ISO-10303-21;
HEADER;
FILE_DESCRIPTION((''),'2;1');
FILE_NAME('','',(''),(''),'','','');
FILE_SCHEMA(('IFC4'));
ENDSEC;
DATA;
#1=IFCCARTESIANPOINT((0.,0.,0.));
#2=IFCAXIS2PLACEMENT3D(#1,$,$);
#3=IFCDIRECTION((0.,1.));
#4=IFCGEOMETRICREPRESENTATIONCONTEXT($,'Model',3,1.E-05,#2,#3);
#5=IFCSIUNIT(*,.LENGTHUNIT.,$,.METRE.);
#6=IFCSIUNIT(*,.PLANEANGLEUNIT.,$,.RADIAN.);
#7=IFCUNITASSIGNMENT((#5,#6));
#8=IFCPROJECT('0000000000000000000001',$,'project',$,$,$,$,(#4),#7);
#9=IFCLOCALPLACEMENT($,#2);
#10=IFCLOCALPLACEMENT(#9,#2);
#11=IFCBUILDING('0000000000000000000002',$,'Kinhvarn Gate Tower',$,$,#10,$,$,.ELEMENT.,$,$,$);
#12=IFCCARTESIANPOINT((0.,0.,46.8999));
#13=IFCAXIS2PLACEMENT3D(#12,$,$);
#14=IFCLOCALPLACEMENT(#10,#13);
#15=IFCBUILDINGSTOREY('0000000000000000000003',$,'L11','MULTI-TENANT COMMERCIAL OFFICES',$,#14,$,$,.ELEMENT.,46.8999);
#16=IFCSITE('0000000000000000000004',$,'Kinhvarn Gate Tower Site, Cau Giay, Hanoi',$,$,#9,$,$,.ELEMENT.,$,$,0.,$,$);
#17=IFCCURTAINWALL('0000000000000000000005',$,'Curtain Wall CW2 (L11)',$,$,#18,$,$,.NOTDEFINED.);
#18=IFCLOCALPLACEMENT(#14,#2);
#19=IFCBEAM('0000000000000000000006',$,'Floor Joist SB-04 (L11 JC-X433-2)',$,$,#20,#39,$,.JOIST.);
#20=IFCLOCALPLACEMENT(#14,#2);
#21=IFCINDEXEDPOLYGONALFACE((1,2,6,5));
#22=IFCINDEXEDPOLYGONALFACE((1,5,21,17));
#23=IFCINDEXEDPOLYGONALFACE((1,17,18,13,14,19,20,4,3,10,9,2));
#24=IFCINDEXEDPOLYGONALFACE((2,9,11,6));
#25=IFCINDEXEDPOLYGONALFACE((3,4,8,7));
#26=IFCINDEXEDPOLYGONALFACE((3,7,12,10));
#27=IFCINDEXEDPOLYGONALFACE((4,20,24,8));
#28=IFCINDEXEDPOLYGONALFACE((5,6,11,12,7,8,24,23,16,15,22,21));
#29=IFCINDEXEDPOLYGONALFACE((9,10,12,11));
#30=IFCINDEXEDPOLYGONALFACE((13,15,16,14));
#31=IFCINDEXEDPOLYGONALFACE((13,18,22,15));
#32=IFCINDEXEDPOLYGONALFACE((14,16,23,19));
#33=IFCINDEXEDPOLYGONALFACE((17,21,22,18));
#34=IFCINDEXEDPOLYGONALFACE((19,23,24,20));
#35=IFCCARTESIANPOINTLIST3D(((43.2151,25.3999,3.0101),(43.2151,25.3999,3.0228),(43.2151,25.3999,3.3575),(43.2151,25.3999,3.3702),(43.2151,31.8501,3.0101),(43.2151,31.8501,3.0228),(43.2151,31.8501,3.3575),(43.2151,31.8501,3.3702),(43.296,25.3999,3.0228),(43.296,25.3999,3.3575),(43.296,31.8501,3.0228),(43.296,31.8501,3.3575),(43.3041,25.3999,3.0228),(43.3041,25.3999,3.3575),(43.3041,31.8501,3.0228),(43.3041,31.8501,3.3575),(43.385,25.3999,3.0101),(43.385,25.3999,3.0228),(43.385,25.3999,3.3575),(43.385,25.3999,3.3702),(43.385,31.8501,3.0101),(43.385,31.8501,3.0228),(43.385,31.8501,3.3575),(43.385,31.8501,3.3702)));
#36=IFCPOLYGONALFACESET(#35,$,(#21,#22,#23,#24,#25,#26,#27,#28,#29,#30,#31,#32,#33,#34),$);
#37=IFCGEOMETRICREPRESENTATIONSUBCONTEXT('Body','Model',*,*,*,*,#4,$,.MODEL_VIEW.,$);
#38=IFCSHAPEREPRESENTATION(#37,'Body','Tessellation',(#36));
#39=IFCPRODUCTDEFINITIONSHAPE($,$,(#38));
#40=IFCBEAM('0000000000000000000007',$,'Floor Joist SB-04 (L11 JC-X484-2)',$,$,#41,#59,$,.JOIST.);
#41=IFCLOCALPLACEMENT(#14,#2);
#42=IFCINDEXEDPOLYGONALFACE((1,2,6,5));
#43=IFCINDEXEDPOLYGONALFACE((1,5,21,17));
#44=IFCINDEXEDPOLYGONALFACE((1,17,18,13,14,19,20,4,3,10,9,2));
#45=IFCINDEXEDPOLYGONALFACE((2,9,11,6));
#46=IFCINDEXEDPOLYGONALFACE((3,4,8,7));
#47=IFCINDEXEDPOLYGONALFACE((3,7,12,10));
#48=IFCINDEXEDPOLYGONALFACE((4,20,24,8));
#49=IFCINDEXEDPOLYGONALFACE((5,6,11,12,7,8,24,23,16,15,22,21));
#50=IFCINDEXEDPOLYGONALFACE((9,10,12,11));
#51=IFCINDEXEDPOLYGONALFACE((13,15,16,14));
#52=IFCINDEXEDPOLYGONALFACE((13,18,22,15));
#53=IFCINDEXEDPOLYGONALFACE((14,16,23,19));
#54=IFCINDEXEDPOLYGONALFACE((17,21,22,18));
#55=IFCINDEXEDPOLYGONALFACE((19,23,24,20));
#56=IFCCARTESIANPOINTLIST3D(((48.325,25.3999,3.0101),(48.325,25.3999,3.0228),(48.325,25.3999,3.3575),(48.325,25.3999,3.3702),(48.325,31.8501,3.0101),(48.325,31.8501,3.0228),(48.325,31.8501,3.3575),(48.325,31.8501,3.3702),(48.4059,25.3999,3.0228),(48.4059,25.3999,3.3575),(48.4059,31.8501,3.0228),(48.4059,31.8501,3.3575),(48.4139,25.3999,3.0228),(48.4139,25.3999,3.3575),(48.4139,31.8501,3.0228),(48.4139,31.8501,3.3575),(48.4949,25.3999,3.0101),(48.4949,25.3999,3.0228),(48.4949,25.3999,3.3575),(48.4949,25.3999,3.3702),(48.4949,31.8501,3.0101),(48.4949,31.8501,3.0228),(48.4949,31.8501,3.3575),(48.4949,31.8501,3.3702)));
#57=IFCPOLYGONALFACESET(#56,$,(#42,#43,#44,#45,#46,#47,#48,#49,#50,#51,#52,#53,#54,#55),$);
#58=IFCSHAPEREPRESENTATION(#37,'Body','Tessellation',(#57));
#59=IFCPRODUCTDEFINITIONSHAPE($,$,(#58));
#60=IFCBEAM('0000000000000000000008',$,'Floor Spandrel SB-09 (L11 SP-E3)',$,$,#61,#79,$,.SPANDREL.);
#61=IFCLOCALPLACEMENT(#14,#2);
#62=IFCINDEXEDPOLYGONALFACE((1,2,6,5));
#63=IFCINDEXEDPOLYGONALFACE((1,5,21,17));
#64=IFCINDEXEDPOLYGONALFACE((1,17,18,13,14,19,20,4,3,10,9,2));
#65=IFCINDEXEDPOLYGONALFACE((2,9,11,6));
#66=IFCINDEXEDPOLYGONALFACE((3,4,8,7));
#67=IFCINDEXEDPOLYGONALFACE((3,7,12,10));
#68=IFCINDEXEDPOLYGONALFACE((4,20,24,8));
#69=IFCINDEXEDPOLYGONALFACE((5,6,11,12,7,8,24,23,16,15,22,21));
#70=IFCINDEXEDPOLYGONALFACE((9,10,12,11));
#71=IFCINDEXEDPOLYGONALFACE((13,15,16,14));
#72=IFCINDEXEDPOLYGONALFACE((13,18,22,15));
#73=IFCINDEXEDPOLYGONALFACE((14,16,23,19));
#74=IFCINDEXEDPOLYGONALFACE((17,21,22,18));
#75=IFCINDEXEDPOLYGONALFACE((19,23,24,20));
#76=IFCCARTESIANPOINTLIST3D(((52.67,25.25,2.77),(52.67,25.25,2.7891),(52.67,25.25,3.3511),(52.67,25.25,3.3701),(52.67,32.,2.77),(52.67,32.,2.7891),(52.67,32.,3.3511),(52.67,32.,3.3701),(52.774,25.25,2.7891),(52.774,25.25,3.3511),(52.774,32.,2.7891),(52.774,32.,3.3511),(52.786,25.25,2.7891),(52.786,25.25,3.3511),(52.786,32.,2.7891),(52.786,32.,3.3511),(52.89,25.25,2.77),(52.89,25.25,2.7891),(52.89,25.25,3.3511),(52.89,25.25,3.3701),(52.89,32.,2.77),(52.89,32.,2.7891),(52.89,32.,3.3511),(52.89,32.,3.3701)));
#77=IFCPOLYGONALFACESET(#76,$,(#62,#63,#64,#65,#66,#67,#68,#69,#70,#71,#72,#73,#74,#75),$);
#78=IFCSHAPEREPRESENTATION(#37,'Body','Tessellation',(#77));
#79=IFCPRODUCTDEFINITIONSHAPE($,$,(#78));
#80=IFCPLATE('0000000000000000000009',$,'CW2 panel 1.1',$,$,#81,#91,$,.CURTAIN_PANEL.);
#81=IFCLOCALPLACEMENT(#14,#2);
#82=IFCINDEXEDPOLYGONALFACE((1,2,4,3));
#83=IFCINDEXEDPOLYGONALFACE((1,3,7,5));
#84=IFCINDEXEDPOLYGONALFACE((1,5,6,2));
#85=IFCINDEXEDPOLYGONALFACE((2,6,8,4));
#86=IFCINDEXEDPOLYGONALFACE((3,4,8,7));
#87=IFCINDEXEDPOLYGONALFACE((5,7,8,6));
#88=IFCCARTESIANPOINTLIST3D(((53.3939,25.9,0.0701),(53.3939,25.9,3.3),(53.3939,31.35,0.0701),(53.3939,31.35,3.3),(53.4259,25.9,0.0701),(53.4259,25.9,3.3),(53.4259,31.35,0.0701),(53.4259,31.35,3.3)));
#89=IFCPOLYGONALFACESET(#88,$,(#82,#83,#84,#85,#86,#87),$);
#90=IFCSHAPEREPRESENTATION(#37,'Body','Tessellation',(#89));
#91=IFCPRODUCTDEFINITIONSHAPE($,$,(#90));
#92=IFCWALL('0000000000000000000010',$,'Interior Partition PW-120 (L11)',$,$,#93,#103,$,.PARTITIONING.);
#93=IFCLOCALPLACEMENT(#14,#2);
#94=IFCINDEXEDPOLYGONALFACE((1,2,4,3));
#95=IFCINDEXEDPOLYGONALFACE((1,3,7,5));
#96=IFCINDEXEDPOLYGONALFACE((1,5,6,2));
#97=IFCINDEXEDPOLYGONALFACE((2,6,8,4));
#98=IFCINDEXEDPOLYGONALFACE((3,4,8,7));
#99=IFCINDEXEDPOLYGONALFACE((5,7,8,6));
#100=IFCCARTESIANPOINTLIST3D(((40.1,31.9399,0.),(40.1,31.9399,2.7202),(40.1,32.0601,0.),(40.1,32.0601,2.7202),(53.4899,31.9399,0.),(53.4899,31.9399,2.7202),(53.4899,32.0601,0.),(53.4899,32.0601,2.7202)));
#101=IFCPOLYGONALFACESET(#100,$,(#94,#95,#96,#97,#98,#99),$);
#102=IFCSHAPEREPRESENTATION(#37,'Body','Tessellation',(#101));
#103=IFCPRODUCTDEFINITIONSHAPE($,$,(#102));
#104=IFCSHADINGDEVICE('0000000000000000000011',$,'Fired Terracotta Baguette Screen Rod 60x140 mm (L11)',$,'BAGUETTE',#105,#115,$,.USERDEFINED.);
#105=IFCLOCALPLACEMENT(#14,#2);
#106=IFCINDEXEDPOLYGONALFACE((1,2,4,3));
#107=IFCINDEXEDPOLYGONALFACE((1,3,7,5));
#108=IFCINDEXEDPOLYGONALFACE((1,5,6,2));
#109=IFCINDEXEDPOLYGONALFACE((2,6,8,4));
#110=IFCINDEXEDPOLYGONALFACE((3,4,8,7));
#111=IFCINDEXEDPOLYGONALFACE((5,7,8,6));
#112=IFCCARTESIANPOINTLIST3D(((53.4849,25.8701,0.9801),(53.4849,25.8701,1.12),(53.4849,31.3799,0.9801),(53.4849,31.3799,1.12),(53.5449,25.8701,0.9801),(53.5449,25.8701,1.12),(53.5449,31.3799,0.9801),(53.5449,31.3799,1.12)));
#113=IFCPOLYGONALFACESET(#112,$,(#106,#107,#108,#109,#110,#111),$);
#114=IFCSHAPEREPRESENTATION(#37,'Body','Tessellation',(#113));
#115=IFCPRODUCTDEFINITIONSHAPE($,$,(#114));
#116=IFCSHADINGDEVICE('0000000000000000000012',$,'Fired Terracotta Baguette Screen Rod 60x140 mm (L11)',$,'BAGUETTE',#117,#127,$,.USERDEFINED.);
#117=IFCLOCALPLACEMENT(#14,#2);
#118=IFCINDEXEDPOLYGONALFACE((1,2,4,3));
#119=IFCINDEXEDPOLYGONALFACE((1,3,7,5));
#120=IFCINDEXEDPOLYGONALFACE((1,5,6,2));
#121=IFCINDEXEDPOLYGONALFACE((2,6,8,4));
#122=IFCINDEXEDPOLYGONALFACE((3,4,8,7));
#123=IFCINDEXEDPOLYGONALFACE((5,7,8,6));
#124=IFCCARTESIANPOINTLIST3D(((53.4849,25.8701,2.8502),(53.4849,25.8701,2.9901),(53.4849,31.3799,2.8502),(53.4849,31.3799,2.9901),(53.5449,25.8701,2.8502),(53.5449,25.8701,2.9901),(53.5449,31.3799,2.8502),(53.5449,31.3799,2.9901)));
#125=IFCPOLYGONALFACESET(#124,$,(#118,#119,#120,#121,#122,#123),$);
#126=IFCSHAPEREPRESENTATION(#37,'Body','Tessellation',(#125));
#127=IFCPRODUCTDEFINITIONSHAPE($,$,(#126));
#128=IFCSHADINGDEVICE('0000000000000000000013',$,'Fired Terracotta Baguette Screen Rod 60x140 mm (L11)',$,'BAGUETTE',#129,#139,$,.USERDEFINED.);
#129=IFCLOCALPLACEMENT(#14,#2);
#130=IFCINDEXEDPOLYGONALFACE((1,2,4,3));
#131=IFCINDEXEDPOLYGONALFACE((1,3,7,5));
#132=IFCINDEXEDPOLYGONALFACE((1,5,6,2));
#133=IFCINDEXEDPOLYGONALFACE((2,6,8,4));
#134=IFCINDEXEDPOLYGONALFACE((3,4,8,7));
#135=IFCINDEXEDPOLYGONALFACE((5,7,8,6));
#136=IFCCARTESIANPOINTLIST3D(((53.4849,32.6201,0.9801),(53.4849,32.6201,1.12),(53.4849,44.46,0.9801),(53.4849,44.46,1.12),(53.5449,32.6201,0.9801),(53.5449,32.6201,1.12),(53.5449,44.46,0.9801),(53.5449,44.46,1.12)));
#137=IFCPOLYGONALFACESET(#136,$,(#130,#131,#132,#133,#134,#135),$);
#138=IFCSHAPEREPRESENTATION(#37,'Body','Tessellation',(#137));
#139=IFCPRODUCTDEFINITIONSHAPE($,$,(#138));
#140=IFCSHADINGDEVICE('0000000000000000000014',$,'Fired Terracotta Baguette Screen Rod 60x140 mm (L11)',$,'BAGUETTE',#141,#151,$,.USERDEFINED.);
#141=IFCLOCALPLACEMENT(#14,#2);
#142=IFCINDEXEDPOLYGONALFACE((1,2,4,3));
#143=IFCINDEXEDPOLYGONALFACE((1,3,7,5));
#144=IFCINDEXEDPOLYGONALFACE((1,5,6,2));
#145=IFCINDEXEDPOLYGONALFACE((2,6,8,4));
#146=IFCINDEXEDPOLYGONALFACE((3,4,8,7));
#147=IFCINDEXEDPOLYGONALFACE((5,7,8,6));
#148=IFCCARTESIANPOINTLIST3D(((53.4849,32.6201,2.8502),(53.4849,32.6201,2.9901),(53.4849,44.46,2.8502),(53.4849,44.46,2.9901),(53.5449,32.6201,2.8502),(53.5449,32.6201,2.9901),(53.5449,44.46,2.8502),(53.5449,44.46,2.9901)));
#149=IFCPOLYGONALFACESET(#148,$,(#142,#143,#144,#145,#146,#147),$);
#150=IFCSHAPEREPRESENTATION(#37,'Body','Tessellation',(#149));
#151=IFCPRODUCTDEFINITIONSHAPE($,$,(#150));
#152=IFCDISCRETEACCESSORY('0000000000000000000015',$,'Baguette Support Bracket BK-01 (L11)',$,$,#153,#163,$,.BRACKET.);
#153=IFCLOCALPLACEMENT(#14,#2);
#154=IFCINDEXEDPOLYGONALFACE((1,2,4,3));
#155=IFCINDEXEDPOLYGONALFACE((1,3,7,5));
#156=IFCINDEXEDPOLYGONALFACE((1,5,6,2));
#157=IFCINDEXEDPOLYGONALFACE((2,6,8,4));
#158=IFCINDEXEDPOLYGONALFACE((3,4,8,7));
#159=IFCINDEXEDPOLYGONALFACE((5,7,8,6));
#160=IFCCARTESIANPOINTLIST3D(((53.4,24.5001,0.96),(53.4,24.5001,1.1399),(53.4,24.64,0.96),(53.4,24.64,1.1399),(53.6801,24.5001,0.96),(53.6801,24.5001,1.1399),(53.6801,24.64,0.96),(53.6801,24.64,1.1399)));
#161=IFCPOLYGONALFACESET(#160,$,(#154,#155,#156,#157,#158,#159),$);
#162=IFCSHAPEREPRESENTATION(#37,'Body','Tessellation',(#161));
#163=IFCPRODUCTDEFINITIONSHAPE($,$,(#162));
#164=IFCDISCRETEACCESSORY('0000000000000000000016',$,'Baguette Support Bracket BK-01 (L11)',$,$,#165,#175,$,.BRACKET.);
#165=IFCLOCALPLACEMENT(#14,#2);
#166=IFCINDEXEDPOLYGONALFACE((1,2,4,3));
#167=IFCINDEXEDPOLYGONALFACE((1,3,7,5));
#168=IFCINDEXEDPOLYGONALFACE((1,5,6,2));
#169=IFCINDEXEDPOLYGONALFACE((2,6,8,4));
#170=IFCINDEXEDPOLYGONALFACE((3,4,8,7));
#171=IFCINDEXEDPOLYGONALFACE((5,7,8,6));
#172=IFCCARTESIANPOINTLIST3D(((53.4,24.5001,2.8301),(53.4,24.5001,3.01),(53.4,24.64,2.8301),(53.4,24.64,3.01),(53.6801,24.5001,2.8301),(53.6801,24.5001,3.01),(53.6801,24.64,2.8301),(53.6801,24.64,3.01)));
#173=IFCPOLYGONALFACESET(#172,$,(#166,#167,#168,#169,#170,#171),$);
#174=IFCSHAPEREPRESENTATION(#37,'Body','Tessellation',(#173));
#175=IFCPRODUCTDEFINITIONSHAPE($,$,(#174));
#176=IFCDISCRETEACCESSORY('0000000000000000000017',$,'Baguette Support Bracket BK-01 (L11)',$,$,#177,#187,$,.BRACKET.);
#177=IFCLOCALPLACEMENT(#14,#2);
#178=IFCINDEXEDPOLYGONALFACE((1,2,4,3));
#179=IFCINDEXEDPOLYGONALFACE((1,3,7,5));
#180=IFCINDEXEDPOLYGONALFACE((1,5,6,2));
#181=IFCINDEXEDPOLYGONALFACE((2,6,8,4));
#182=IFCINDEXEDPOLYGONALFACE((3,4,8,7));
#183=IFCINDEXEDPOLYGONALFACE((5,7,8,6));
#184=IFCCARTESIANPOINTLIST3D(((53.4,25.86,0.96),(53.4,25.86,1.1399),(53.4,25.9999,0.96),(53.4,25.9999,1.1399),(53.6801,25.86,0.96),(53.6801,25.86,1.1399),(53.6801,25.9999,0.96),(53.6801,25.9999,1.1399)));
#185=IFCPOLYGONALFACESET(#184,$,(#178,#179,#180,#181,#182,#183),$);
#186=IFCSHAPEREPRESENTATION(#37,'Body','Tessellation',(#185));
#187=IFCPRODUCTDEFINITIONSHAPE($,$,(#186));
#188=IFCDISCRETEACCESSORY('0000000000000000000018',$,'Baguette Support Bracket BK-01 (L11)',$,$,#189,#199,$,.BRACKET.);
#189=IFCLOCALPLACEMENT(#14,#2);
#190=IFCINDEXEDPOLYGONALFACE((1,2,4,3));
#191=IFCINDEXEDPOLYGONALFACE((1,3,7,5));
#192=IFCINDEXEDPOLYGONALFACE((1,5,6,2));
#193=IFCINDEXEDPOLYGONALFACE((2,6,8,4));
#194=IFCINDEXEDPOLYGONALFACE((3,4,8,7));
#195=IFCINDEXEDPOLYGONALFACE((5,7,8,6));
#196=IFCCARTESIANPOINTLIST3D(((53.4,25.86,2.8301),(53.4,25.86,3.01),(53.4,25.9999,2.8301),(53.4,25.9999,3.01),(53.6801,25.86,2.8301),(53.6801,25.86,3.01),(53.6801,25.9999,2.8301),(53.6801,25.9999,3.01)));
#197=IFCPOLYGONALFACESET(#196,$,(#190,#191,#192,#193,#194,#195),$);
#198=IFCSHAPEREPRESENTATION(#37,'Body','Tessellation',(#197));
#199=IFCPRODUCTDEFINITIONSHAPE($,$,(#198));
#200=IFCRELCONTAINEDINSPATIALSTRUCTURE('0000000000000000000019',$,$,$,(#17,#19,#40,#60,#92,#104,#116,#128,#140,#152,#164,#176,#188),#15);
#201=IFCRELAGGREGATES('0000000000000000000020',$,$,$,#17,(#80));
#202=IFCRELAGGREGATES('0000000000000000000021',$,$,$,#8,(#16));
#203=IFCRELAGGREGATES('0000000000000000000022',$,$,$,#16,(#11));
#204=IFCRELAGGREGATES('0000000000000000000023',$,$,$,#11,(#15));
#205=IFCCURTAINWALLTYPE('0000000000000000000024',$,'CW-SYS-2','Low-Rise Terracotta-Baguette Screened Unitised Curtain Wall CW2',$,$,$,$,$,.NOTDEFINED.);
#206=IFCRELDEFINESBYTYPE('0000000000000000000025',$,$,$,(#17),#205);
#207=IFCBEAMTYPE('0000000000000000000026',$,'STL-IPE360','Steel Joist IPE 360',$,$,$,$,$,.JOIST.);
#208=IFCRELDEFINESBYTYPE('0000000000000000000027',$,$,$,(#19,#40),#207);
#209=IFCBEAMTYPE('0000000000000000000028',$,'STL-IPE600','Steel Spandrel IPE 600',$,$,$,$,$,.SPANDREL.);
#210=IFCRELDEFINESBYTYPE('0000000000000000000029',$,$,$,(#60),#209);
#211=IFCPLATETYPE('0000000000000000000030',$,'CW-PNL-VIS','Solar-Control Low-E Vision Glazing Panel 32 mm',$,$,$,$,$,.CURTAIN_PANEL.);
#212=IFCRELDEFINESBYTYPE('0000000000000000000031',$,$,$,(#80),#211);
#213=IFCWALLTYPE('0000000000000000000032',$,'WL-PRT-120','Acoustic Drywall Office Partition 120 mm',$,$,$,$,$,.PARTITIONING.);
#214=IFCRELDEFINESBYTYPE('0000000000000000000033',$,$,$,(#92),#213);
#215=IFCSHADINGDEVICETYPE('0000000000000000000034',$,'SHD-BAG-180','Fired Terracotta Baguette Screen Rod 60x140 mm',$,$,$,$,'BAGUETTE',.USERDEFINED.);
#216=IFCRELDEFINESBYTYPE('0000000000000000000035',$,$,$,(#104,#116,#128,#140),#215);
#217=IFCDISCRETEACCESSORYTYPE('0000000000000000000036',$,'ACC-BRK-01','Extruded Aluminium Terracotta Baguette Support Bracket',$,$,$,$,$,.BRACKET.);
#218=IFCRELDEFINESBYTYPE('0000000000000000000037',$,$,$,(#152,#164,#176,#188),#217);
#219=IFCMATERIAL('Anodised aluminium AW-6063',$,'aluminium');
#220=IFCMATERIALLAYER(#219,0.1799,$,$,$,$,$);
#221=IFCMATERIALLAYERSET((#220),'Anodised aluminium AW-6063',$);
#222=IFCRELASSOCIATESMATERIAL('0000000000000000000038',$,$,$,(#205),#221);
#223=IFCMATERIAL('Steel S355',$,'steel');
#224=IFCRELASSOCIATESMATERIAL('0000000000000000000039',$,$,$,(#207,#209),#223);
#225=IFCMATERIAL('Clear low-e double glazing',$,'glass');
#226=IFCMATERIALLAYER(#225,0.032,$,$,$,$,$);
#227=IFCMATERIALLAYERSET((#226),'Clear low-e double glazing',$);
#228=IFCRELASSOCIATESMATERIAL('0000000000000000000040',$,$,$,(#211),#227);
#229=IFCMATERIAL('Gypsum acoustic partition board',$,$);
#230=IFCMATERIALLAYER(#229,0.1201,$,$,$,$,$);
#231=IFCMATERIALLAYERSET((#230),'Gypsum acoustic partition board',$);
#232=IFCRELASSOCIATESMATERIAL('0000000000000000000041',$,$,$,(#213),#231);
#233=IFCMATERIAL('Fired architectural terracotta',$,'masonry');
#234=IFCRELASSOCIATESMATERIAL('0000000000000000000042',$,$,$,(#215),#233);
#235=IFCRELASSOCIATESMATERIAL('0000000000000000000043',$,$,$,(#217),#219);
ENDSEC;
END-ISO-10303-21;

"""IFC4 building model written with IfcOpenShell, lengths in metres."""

from ifc_helpers import new_model, si_unit, direction, frame, frame_2d, origin, origin_2d, place, context, subcontext, project, spatial, rectangle, i_section, extrude, material, layer, layer_set, material_profile, profile_set, type_object, element, aggregate, save


model = new_model("IFC4")

# Units and contexts
model_context = context("Model", 3, precision=1e-05, world=origin(), true_north=direction((0.0, 1.0)))
body_context = subcontext(model_context, "Body", "Model", "MODEL_VIEW")
ifc_project = project(units=[si_unit("LENGTHUNIT", "METRE"), si_unit("PLANEANGLEUNIT", "RADIAN")], contexts=[model_context])

# Site, building, storey
site_placement = place(None, origin())
site = spatial("IfcSite", under=ifc_project, at=site_placement, Name="Kinhvarn Gate Tower Site, Cau Giay, Hanoi", CompositionType="ELEMENT", RefElevation=0.0)
building_placement = place(site_placement, origin())
building = spatial("IfcBuilding", under=site, at=building_placement, Name="Kinhvarn Gate Tower", CompositionType="ELEMENT")
storey_placement = place(building_placement, frame((0.0, 0.0, 46.8999)))
storey = spatial("IfcBuildingStorey", under=building, at=storey_placement, Name="L11", Description="MULTI-TENANT COMMERCIAL OFFICES", CompositionType="ELEMENT", Elevation=46.8999)

# Shared definitions
ifc_material_1 = material(Name="Anodised aluminium AW-6063", Category="aluminium")
ifc_layer_1 = layer(ifc_material_1, 0.1799)
ifc_layer_set_1 = layer_set([ifc_layer_1], Name="Anodised aluminium AW-6063")
curtain_wall_type = type_object("IfcCurtainWallType", Name="CW-SYS-2", Description="Low-Rise Terracotta-Baguette Screened Unitised Curtain Wall CW2", PredefinedType="NOTDEFINED", material=ifc_layer_set_1)

# Curtain wall
curtain_wall_1_placement = place(storey_placement, origin())
curtain_wall_1 = element("IfcCurtainWall", 1, at=curtain_wall_1_placement, inside=storey, type_object=curtain_wall_type, Name="Curtain Wall CW2 (L11)", PredefinedType="NOTDEFINED")

# Beams
ifc_material_2 = material(Name="Steel S355", Category="steel")
ifc_material_profile_1 = material_profile(ifc_material_2, i_section(OverallWidth=0.1699, OverallDepth=0.3601, WebThickness=0.0081, FlangeThickness=0.0127, at=origin_2d()), Name="IPE 360")
ifc_profile_set_1 = profile_set([ifc_material_profile_1], Name="Steel S355")
beam_type_1 = type_object("IfcBeamType", Name="STL-IPE360", Description="Steel Joist IPE 360", PredefinedType="JOIST", material=ifc_profile_set_1)
for number, where, z_axis, x_axis, name in (
    (2, (43.3, 25.3999, 3.1902), (0.0, 1.0, 0.0), (-1.0, 0.0, 0.0), "Floor Joist SB-04 (L11 JC-X433-2)"),
    (3, (48.4099, 25.3999, 3.1902), (0.0, 1.0, 0.0), (-1.0, 0.0, 0.0), "Floor Joist SB-04 (L11 JC-X484-2)"),
):
    element("IfcBeam", number, at=place(storey_placement, frame(where, z_axis=z_axis, x_axis=x_axis)), inside=storey, type_object=beam_type_1, Name=name, PredefinedType="JOIST", context=body_context, shape_type="SweptSolid", body=[
        extrude(i_section(OverallWidth=0.1699, OverallDepth=0.3601, WebThickness=0.0081, FlangeThickness=0.0127, at=origin_2d()), origin(), (0.0, 0.0, 1.0), 6.4502),
    ])
ifc_material_profile_2 = material_profile(ifc_material_2, i_section(OverallWidth=0.22, OverallDepth=0.6001, WebThickness=0.012, FlangeThickness=0.019, at=origin_2d()), Name="IPE 600")
ifc_profile_set_2 = profile_set([ifc_material_profile_2], Name="Steel S355")
beam_type_2 = type_object("IfcBeamType", Name="STL-IPE600", Description="Steel Spandrel IPE 600", PredefinedType="SPANDREL", material=ifc_profile_set_2)
beam_1_placement = place(storey_placement, frame((52.78, 25.25, 3.0701), z_axis=(0.0, 1.0, 0.0), x_axis=(-1.0, 0.0, 0.0)))
element("IfcBeam", 4, at=beam_1_placement, inside=storey, type_object=beam_type_2, Name="Floor Spandrel SB-09 (L11 SP-E3)", PredefinedType="SPANDREL", context=body_context, shape_type="SweptSolid", body=[
    extrude(i_section(OverallWidth=0.22, OverallDepth=0.6001, WebThickness=0.012, FlangeThickness=0.019, at=origin_2d()), origin(), (0.0, 0.0, 1.0), 6.75),
])

# Plate
ifc_material_3 = material(Name="Clear low-e double glazing", Category="glass")
ifc_layer_2 = layer(ifc_material_3, 0.032)
ifc_layer_set_2 = layer_set([ifc_layer_2], Name="Clear low-e double glazing")
plate_type = type_object("IfcPlateType", Name="CW-PNL-VIS", Description="Solar-Control Low-E Vision Glazing Panel 32 mm", PredefinedType="CURTAIN_PANEL", material=ifc_layer_set_2)
plate_placement = place(storey_placement, frame((53.4099, 28.625, 0.0701), z_axis=(0.0, 0.0, 1.0), x_axis=(0.0, 1.0, 0.0)))
plate = element("IfcPlate", 5, at=plate_placement, type_object=plate_type, Name="CW2 panel 1.1", PredefinedType="CURTAIN_PANEL", context=body_context, shape_type="SweptSolid", body=[
    extrude(rectangle(XDim=5.45, YDim=0.032, at=origin_2d()), origin(), (0.0, 0.0, 1.0), 3.23),
])
aggregate(curtain_wall_1, [plate])

# Wall
ifc_material_4 = material(Name="Gypsum acoustic partition board")
ifc_layer_3 = layer(ifc_material_4, 0.1201)
ifc_layer_set_3 = layer_set([ifc_layer_3], Name="Gypsum acoustic partition board")
wall_type_1 = type_object("IfcWallType", Name="WL-PRT-120", Description="Acoustic Drywall Office Partition 120 mm", PredefinedType="PARTITIONING", material=ifc_layer_set_3)
wall_1_placement = place(storey_placement, frame((40.1001, 32.0, 0.0), z_axis=(0.0, 0.0, 1.0), x_axis=(1.0, 0.0, 0.0)))
element("IfcWall", 6, at=wall_1_placement, inside=storey, type_object=wall_type_1, Name="Interior Partition PW-120 (L11)", PredefinedType="PARTITIONING", context=body_context, shape_type="SweptSolid", body=[
    extrude(rectangle(XDim=13.3899, YDim=0.1201, at=frame_2d((6.6948, 0.0))), origin(), (0.0, 0.0, 1.0), 2.7202),
])

# Shading devices
ifc_material_5 = material(Name="Fired architectural terracotta", Category="masonry")
ifc_material_profile_3 = material_profile(ifc_material_5, rectangle(XDim=0.0601, YDim=0.1399, at=origin_2d()), Name="TC 60x140")
ifc_profile_set_3 = profile_set([ifc_material_profile_3], Name="Fired architectural terracotta")
shading_device_type = type_object("IfcShadingDeviceType", Name="SHD-BAG-180", Description="Fired Terracotta Baguette Screen Rod 60x140 mm", ElementType="BAGUETTE", PredefinedType="USERDEFINED", material=ifc_profile_set_3)
for number, where, z_axis, x_axis, name in (
    (7, (53.5149, 25.8701, 1.05), (0.0, 1.0, 0.0), (-1.0, 0.0, 0.0), "Fired Terracotta Baguette Screen Rod 60x140 mm (L11)"),
    (8, (53.5149, 25.8701, 2.9202), (0.0, 1.0, 0.0), (-1.0, 0.0, 0.0), "Fired Terracotta Baguette Screen Rod 60x140 mm (L11)"),
):
    element("IfcShadingDevice", number, at=place(storey_placement, frame(where, z_axis=z_axis, x_axis=x_axis)), inside=storey, type_object=shading_device_type, Name=name, ObjectType="BAGUETTE", PredefinedType="USERDEFINED", context=body_context, shape_type="SweptSolid", body=[
        extrude(rectangle(XDim=0.0601, YDim=0.1399, at=origin_2d()), origin(), (0.0, 0.0, 1.0), 5.5098),
    ])
for number, where, z_axis, x_axis, name in (
    (9, (53.5149, 32.6201, 1.05), (0.0, 1.0, 0.0), (-1.0, 0.0, 0.0), "Fired Terracotta Baguette Screen Rod 60x140 mm (L11)"),
    (10, (53.5149, 32.6201, 2.9202), (0.0, 1.0, 0.0), (-1.0, 0.0, 0.0), "Fired Terracotta Baguette Screen Rod 60x140 mm (L11)"),
):
    element("IfcShadingDevice", number, at=place(storey_placement, frame(where, z_axis=z_axis, x_axis=x_axis)), inside=storey, type_object=shading_device_type, Name=name, ObjectType="BAGUETTE", PredefinedType="USERDEFINED", context=body_context, shape_type="SweptSolid", body=[
        extrude(rectangle(XDim=0.0601, YDim=0.1399, at=origin_2d()), origin(), (0.0, 0.0, 1.0), 11.8398),
    ])

# Discrete accessories
discrete_accessory_type = type_object("IfcDiscreteAccessoryType", Name="ACC-BRK-01", Description="Extruded Aluminium Terracotta Baguette Support Bracket", PredefinedType="BRACKET", material=ifc_material_1)
for number, where, z_axis, x_axis, name in (
    (11, (53.54, 24.5701, 0.96), (0.0, 0.0, 1.0), (0.0, 1.0, 0.0), "Baguette Support Bracket BK-01 (L11)"),
    (12, (53.54, 24.5701, 2.8301), (0.0, 0.0, 1.0), (0.0, 1.0, 0.0), "Baguette Support Bracket BK-01 (L11)"),
    (13, (53.54, 25.9299, 0.96), (0.0, 0.0, 1.0), (0.0, 1.0, 0.0), "Baguette Support Bracket BK-01 (L11)"),
    (14, (53.54, 25.9299, 2.8301), (0.0, 0.0, 1.0), (0.0, 1.0, 0.0), "Baguette Support Bracket BK-01 (L11)"),
):
    element("IfcDiscreteAccessory", number, at=place(storey_placement, frame(where, z_axis=z_axis, x_axis=x_axis)), inside=storey, type_object=discrete_accessory_type, Name=name, PredefinedType="BRACKET", context=body_context, shape_type="SweptSolid", body=[
        extrude(rectangle(XDim=0.1399, YDim=0.28, at=origin_2d()), origin(), (0.0, 0.0, 1.0), 0.1799),
    ])

save(model, "model.ifc")
